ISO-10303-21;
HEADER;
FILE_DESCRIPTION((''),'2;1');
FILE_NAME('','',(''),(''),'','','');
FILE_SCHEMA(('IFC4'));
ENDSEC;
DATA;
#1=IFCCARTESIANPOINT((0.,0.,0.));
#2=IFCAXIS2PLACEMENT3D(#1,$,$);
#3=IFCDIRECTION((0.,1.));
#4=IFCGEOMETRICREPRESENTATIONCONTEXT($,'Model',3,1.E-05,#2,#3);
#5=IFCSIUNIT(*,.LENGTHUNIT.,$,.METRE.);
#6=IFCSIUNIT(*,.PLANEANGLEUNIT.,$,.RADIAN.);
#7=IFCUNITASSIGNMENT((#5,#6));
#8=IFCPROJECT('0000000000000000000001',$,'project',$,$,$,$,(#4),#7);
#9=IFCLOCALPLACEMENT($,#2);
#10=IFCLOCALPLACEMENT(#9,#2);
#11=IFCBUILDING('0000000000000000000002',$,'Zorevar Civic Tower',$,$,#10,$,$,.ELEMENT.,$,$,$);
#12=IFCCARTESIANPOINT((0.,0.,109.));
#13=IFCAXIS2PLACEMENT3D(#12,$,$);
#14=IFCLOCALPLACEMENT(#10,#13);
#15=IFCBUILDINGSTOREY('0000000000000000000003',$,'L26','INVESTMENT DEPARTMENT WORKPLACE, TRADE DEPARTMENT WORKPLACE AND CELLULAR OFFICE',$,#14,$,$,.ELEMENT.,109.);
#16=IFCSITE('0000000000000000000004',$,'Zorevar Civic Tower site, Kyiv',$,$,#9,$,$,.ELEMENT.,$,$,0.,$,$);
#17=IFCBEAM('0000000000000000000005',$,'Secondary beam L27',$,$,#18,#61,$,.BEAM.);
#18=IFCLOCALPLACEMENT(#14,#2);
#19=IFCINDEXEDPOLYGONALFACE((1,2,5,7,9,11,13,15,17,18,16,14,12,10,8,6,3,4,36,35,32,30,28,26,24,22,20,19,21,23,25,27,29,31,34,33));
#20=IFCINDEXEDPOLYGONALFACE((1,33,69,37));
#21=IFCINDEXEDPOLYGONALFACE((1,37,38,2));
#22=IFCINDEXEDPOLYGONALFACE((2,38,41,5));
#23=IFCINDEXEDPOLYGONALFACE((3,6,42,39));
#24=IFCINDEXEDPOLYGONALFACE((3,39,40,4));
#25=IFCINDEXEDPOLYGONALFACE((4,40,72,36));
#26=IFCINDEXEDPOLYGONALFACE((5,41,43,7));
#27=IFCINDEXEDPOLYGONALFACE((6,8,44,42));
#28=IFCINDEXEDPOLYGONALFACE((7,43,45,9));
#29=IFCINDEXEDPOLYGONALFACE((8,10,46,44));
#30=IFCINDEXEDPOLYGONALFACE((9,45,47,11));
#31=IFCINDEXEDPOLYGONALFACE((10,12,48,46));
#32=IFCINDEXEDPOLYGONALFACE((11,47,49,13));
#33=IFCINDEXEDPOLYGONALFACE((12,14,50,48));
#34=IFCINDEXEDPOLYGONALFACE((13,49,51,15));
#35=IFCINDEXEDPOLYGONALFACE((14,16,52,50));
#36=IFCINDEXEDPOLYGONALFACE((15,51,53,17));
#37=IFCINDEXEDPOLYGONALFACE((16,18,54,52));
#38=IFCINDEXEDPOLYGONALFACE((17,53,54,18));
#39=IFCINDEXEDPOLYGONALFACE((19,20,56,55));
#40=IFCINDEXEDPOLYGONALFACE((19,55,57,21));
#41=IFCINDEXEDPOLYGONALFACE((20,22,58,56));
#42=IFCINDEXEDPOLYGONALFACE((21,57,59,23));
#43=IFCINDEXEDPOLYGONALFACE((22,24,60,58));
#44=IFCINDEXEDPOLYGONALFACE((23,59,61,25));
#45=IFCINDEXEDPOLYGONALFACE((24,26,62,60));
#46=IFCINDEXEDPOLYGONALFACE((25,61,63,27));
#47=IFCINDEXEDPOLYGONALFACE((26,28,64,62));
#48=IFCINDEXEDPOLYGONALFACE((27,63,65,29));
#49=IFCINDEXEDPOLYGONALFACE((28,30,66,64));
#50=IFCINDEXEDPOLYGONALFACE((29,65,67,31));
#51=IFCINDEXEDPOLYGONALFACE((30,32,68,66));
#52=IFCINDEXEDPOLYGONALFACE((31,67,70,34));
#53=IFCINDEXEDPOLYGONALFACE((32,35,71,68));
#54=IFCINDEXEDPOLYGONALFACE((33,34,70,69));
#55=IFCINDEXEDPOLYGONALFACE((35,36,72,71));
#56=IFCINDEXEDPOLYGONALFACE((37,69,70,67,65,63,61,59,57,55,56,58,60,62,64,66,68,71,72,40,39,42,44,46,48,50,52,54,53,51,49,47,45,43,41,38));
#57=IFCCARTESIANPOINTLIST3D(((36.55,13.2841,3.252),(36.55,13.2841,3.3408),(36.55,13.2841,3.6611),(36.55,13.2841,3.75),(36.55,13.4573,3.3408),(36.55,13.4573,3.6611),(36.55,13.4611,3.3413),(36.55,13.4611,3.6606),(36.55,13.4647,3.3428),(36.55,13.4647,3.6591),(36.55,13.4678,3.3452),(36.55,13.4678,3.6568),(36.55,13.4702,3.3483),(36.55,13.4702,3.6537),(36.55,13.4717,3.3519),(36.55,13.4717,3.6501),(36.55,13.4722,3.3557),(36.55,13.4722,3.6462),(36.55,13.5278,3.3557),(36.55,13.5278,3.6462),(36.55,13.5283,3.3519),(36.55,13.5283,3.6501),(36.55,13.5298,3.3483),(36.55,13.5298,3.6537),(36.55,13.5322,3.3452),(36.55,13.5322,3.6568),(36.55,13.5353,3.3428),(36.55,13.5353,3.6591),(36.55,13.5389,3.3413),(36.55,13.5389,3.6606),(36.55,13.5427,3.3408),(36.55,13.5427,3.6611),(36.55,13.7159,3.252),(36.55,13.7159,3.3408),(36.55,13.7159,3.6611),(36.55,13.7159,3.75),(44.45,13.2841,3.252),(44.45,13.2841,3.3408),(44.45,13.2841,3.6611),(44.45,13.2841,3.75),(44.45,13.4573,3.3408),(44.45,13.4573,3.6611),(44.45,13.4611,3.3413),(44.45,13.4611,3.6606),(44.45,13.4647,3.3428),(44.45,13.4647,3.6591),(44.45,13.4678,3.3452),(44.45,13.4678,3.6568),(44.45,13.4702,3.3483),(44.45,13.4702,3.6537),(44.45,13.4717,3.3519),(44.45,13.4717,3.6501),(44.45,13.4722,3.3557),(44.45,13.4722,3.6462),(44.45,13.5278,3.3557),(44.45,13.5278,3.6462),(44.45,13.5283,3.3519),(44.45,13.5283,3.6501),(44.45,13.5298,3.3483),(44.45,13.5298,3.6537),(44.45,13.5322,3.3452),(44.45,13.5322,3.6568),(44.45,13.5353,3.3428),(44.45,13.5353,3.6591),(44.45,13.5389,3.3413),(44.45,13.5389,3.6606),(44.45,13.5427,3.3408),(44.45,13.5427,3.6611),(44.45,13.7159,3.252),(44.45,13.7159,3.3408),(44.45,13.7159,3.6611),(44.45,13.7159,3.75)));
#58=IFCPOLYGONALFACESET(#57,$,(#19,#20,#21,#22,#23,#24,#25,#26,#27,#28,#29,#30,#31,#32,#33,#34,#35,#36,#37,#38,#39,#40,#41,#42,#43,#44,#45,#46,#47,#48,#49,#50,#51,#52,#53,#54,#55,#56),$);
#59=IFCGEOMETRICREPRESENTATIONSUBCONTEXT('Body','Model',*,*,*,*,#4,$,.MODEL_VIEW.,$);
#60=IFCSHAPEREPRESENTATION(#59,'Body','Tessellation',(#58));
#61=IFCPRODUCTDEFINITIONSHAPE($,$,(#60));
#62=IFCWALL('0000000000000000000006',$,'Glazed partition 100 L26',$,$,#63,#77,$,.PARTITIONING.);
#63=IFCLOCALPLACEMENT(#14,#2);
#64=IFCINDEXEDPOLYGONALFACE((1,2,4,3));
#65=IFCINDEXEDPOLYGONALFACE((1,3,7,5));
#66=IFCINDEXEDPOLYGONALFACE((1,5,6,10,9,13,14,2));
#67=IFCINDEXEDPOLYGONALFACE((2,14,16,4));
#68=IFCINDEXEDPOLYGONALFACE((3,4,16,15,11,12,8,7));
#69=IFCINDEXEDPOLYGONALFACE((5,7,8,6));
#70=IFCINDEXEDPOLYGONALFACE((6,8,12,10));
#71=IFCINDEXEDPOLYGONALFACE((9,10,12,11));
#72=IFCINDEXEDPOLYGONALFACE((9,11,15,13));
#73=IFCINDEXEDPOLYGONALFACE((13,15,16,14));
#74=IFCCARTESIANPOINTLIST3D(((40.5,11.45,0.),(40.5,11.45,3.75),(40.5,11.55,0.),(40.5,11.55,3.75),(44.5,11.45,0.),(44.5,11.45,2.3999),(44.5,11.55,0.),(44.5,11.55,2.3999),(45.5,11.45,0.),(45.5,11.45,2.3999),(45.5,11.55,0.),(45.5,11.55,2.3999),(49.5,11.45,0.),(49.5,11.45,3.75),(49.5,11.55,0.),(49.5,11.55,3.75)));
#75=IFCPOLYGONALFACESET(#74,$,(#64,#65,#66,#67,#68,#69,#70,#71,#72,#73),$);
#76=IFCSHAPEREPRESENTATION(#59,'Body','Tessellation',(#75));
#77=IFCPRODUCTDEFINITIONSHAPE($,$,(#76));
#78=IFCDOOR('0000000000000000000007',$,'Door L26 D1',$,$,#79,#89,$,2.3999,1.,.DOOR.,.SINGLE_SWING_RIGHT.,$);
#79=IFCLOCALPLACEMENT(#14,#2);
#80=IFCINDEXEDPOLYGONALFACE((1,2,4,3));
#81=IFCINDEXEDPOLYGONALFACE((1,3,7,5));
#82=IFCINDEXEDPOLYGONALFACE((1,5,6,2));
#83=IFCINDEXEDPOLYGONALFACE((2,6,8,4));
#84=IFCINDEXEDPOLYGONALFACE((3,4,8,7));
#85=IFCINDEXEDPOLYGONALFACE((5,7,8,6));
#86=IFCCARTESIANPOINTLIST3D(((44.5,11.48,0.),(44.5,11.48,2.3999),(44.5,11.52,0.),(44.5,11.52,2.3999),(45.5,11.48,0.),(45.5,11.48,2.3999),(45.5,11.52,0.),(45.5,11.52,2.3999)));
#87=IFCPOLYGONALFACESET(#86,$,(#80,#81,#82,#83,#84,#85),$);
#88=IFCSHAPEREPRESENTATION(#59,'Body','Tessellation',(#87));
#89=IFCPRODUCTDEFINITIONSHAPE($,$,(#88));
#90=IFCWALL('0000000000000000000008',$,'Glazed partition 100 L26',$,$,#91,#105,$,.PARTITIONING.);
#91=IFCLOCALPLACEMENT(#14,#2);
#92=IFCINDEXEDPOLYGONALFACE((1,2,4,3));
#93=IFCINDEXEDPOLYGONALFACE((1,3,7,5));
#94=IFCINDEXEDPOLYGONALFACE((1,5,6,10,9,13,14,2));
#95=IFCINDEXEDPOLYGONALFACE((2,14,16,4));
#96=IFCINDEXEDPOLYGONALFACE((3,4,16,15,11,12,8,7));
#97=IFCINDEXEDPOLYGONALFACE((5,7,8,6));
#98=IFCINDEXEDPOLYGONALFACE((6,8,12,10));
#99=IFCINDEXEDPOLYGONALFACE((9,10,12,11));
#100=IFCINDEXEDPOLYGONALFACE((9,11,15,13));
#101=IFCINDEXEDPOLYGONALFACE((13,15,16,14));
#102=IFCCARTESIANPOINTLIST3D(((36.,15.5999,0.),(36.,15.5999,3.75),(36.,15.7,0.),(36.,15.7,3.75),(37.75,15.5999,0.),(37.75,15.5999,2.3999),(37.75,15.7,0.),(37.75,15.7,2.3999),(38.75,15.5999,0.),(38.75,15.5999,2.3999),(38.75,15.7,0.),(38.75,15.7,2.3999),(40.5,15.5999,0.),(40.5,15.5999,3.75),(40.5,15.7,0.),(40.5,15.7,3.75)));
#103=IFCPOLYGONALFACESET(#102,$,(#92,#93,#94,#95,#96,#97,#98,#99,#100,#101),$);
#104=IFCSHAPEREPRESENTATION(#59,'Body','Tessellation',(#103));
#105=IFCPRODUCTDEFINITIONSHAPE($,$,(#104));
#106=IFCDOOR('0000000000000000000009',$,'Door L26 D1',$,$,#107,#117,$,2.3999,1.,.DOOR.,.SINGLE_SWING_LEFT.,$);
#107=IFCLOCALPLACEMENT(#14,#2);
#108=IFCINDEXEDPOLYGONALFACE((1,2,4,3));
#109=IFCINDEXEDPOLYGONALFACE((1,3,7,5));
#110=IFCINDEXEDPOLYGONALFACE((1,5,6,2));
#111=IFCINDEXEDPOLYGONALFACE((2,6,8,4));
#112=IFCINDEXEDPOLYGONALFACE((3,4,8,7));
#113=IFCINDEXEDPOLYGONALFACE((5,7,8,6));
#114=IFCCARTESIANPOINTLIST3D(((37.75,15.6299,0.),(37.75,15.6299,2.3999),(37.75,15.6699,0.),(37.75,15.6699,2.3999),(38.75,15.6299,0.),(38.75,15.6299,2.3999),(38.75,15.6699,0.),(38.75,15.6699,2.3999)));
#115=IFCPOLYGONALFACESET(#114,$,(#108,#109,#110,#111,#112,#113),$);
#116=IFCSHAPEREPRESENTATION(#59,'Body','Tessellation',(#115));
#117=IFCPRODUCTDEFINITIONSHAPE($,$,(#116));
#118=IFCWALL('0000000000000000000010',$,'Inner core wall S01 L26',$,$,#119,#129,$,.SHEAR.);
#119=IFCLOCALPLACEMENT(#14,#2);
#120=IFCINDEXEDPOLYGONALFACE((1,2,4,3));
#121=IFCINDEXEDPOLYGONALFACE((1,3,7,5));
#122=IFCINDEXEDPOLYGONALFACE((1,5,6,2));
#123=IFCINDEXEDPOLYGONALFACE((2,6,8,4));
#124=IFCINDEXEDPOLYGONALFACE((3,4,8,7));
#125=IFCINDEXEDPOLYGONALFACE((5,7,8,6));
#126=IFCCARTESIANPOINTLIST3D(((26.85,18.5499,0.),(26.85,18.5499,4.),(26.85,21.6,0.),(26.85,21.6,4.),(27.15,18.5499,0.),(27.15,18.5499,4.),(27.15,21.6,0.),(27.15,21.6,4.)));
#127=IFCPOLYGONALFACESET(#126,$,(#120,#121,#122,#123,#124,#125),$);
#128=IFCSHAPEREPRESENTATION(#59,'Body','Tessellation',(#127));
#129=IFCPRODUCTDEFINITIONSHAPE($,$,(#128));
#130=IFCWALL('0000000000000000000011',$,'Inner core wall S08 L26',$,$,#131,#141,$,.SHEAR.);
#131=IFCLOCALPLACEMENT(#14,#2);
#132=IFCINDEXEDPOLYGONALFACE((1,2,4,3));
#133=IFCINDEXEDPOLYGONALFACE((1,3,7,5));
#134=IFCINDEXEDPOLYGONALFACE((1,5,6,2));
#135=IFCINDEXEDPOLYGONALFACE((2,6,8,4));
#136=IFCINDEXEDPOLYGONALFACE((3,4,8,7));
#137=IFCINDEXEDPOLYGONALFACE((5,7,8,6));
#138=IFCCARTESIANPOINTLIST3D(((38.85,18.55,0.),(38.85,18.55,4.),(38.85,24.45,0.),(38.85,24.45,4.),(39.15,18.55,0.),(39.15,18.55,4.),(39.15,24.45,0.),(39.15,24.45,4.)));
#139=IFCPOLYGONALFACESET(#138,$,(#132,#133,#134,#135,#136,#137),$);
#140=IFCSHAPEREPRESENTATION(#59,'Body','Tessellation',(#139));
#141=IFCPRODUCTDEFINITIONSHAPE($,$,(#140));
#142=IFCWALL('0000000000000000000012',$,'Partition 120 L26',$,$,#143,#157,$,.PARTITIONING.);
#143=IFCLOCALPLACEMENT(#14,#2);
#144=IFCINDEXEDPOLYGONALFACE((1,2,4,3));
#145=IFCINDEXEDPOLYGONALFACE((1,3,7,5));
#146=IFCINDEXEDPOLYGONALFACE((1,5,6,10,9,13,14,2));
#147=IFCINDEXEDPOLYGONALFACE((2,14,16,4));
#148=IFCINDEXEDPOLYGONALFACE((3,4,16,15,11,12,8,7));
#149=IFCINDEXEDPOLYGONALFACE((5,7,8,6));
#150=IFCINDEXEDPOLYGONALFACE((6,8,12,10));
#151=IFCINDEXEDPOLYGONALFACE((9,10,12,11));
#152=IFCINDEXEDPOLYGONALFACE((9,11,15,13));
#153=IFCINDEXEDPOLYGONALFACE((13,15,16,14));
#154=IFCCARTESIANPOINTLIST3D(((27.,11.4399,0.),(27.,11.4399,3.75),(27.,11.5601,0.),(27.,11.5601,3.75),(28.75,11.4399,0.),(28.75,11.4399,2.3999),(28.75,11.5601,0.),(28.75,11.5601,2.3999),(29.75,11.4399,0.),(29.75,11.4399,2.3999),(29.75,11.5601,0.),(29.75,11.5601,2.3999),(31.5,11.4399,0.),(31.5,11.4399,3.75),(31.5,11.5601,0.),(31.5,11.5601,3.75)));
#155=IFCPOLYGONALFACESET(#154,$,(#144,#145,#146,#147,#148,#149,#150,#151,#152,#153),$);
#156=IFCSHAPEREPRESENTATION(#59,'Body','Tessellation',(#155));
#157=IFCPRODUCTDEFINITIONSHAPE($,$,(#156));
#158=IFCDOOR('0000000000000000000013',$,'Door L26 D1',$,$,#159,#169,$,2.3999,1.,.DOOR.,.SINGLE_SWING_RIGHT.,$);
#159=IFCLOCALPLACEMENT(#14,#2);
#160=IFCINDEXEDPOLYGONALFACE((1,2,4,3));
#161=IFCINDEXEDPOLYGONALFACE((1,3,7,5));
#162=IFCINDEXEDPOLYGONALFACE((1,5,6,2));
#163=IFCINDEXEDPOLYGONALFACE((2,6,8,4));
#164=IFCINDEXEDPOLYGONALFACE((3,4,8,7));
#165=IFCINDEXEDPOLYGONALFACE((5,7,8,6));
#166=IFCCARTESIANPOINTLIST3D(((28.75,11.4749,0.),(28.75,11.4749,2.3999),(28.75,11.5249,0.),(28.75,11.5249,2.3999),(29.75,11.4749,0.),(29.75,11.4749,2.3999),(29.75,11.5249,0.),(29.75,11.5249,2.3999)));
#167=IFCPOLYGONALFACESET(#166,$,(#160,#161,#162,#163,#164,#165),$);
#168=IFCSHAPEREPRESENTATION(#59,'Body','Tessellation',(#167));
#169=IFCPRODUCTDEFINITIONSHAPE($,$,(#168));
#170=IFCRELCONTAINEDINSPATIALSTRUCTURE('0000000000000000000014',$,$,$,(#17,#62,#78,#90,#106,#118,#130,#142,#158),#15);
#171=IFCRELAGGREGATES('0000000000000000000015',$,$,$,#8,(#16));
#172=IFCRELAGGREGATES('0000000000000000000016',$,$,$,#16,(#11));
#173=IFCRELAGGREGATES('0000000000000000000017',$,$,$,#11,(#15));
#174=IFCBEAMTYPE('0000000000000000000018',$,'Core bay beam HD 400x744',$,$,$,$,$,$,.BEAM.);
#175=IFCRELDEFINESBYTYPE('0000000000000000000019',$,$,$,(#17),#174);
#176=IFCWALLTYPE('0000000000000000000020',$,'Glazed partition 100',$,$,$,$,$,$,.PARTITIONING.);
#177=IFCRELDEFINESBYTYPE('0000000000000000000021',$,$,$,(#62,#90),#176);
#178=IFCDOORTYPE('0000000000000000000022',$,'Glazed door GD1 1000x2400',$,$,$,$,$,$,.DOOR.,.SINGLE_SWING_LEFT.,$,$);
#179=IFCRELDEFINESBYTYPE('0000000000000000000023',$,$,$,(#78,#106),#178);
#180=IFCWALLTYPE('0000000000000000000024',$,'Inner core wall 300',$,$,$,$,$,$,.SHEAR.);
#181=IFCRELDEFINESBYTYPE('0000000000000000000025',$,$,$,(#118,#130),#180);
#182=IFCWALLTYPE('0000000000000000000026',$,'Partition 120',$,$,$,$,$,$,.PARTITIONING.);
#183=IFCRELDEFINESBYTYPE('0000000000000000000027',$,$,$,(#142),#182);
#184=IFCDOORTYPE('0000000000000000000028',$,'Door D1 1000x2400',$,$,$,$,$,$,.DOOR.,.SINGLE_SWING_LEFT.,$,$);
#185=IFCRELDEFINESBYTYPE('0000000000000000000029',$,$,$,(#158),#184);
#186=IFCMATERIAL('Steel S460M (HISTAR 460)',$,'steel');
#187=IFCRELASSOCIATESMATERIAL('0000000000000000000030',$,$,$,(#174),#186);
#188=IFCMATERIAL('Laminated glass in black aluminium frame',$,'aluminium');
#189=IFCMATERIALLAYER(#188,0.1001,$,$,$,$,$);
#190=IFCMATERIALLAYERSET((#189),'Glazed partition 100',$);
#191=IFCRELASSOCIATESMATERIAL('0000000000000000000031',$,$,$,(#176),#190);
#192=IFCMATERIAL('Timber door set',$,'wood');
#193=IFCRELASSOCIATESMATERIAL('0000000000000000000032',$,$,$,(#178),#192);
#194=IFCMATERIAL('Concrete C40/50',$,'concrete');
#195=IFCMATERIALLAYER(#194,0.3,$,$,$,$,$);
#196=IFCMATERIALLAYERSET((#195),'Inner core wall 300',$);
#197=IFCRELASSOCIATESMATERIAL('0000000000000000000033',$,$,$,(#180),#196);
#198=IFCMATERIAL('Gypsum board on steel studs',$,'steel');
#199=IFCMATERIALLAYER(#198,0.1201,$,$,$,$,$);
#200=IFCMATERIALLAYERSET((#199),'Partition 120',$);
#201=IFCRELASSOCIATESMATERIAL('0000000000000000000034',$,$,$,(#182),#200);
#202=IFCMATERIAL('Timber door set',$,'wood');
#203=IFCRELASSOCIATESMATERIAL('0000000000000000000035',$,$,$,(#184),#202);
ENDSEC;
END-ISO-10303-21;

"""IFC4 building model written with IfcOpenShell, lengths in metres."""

from ifc_helpers import new_model, si_unit, direction, frame, frame_2d, origin, origin_2d, place, context, subcontext, project, spatial, rectangle, i_section, extrude, material, layer, layer_set, material_profile, profile_set, type_object, element, fill, save


model = new_model("IFC4")

# Units and contexts
model_context = context("Model", 3, precision=1e-05, world=origin(), true_north=direction((0.0, 1.0)))
body_context = subcontext(model_context, "Body", "Model", "MODEL_VIEW")
ifc_project = project(units=[si_unit("LENGTHUNIT", "METRE"), si_unit("PLANEANGLEUNIT", "RADIAN")], contexts=[model_context])

# Site, building, storey
site_placement = place(None, origin())
site = spatial("IfcSite", under=ifc_project, at=site_placement, Name="Zorevar Civic Tower site, Kyiv", CompositionType="ELEMENT", RefElevation=0.0)
building_placement = place(site_placement, origin())
building = spatial("IfcBuilding", under=site, at=building_placement, Name="Zorevar Civic Tower", CompositionType="ELEMENT")
storey_placement = place(building_placement, frame((0.0, 0.0, 109.0)))
storey = spatial("IfcBuildingStorey", under=building, at=storey_placement, Name="L26", Description="INVESTMENT DEPARTMENT WORKPLACE, TRADE DEPARTMENT WORKPLACE AND CELLULAR OFFICE", CompositionType="ELEMENT", Elevation=109.0)

# Beam
ifc_material_1 = material(Name="Steel S460M (HISTAR 460)", Category="steel")
ifc_material_profile_1 = material_profile(ifc_material_1, i_section(OverallWidth=0.4319, OverallDepth=0.498, WebThickness=0.0557, FlangeThickness=0.0889, FilletRadius=0.0149, at=origin_2d()), Name="HD 400x744")
ifc_profile_set_1 = profile_set([ifc_material_profile_1], Name="Steel S460M (HISTAR 460)")
beam_type_1 = type_object("IfcBeamType", Name="Core bay beam HD 400x744", PredefinedType="BEAM", material=ifc_profile_set_1)
for number, where, z_axis, x_axis, name in (
    (1, (36.55, 13.5, 3.501), (1.0, 0.0, 0.0), (0.0, 1.0, 0.0), "Secondary beam L27"),
):
    element("IfcBeam", number, at=place(storey_placement, frame(where, z_axis=z_axis, x_axis=x_axis)), inside=storey, type_object=beam_type_1, Name=name, PredefinedType="BEAM", context=body_context, shape_type="SweptSolid", body=[
        extrude(i_section(OverallWidth=0.4319, OverallDepth=0.498, WebThickness=0.0557, FlangeThickness=0.0889, FilletRadius=0.0149, at=origin_2d()), origin(), (0.0, 0.0, 1.0), 7.8999),
    ])

# Walls, openings, doors
ifc_material_2 = material(Name="Laminated glass in black aluminium frame", Category="aluminium")
ifc_layer_1 = layer(ifc_material_2, 0.1001)
ifc_layer_set_1 = layer_set([ifc_layer_1], Name="Glazed partition 100")
wall_type_1 = type_object("IfcWallType", Name="Glazed partition 100", PredefinedType="PARTITIONING", material=ifc_layer_set_1)
wall_1_placement = place(storey_placement, frame((40.5, 11.5, 0.0), z_axis=(0.0, 0.0, 1.0), x_axis=(1.0, 0.0, 0.0)))
wall_1 = element("IfcWall", 2, at=wall_1_placement, inside=storey, type_object=wall_type_1, Name="Glazed partition 100 L26", PredefinedType="PARTITIONING", context=body_context, shape_type="SweptSolid", body=[
    extrude(rectangle(XDim=9.0, YDim=0.1001, at=frame_2d((4.5, 0.0))), origin(), (0.0, 0.0, 1.0), 3.75),
])
opening_1_placement = place(wall_1_placement, frame((4.0, 0.0, 0.0)))
opening_1 = element("IfcOpeningElement", 3, at=opening_1_placement, cuts=wall_1, PredefinedType="OPENING", context=body_context, shape_type="SweptSolid", body=[
    extrude(rectangle(XDim=1.0, YDim=2.3999, at=frame_2d((0.5, 1.2))), frame((0.0, 0.0601, 0.0), z_axis=(0.0, -1.0, 0.0), x_axis=(1.0, 0.0, 0.0)), (0.0, 0.0, 1.0), 0.1201),
])
ifc_material_3 = material(Name="Timber door set", Category="wood")
door_type_1 = type_object("IfcDoorType", Name="Glazed door GD1 1000x2400", OperationType="SINGLE_SWING_LEFT", PredefinedType="DOOR", material=ifc_material_3)
door_1_placement = place(opening_1_placement, origin())
door_1 = element("IfcDoor", 4, at=door_1_placement, inside=storey, type_object=door_type_1, Name="Door L26 D1", OperationType="SINGLE_SWING_RIGHT", OverallHeight=2.3999, OverallWidth=1.0, PredefinedType="DOOR", context=body_context, shape_type="SweptSolid", body=[
    extrude(rectangle(XDim=1.0, YDim=2.3999, at=frame_2d((0.5, 1.2))), frame((0.0, 0.02, 0.0), z_axis=(0.0, -1.0, 0.0), x_axis=(1.0, 0.0, 0.0)), (0.0, 0.0, 1.0), 0.04),
])
fill(opening_1, door_1)
wall_2_placement = place(storey_placement, frame((36.0, 15.6499, 0.0), z_axis=(0.0, 0.0, 1.0), x_axis=(1.0, 0.0, 0.0)))
wall_2 = element("IfcWall", 5, at=wall_2_placement, inside=storey, type_object=wall_type_1, Name="Glazed partition 100 L26", PredefinedType="PARTITIONING", context=body_context, shape_type="SweptSolid", body=[
    extrude(rectangle(XDim=4.5, YDim=0.1001, at=frame_2d((2.25, 0.0))), origin(), (0.0, 0.0, 1.0), 3.75),
])
opening_2_placement = place(wall_2_placement, frame((1.75, 0.0, 0.0)))
opening_2 = element("IfcOpeningElement", 6, at=opening_2_placement, cuts=wall_2, PredefinedType="OPENING", context=body_context, shape_type="SweptSolid", body=[
    extrude(rectangle(XDim=1.0, YDim=2.3999, at=frame_2d((0.5, 1.2))), frame((0.0, 0.0601, 0.0), z_axis=(0.0, -1.0, 0.0), x_axis=(1.0, 0.0, 0.0)), (0.0, 0.0, 1.0), 0.1201),
])
door_2_placement = place(opening_2_placement, origin())
door_2 = element("IfcDoor", 7, at=door_2_placement, inside=storey, type_object=door_type_1, Name="Door L26 D1", OperationType="SINGLE_SWING_LEFT", OverallHeight=2.3999, OverallWidth=1.0, PredefinedType="DOOR", context=body_context, shape_type="SweptSolid", body=[
    extrude(rectangle(XDim=1.0, YDim=2.3999, at=frame_2d((0.5, 1.2))), frame((0.0, 0.02, 0.0), z_axis=(0.0, -1.0, 0.0), x_axis=(1.0, 0.0, 0.0)), (0.0, 0.0, 1.0), 0.04),
])
fill(opening_2, door_2)

# Walls
ifc_material_4 = material(Name="Concrete C40/50", Category="concrete")
ifc_layer_2 = layer(ifc_material_4, 0.3)
ifc_layer_set_2 = layer_set([ifc_layer_2], Name="Inner core wall 300")
wall_type_2 = type_object("IfcWallType", Name="Inner core wall 300", PredefinedType="SHEAR", material=ifc_layer_set_2)
wall_3_placement = place(storey_placement, frame((27.0, 18.55, 0.0), z_axis=(0.0, 0.0, 1.0), x_axis=(0.0, 1.0, 0.0)))
element("IfcWall", 8, at=wall_3_placement, inside=storey, type_object=wall_type_2, Name="Inner core wall S01 L26", PredefinedType="SHEAR", context=body_context, shape_type="SweptSolid", body=[
    extrude(rectangle(XDim=3.05, YDim=0.3, at=frame_2d((1.5249, 0.0))), origin(), (0.0, 0.0, 1.0), 4.0),
])
wall_4_placement = place(storey_placement, frame((39.0, 18.55, 0.0), z_axis=(0.0, 0.0, 1.0), x_axis=(0.0, 1.0, 0.0)))
element("IfcWall", 9, at=wall_4_placement, inside=storey, type_object=wall_type_2, Name="Inner core wall S08 L26", PredefinedType="SHEAR", context=body_context, shape_type="SweptSolid", body=[
    extrude(rectangle(XDim=5.8999, YDim=0.3, at=frame_2d((2.95, 0.0))), origin(), (0.0, 0.0, 1.0), 4.0),
])

# Wall, opening, door
ifc_material_5 = material(Name="Gypsum board on steel studs", Category="steel")
ifc_layer_3 = layer(ifc_material_5, 0.1201)
ifc_layer_set_3 = layer_set([ifc_layer_3], Name="Partition 120")
wall_type_3 = type_object("IfcWallType", Name="Partition 120", PredefinedType="PARTITIONING", material=ifc_layer_set_3)
wall_5_placement = place(storey_placement, frame((27.0, 11.5, 0.0), z_axis=(0.0, 0.0, 1.0), x_axis=(1.0, 0.0, 0.0)))
wall_5 = element("IfcWall", 10, at=wall_5_placement, inside=storey, type_object=wall_type_3, Name="Partition 120 L26", PredefinedType="PARTITIONING", context=body_context, shape_type="SweptSolid", body=[
    extrude(rectangle(XDim=4.5, YDim=0.1201, at=frame_2d((2.25, 0.0))), origin(), (0.0, 0.0, 1.0), 3.75),
])
opening_3_placement = place(wall_5_placement, frame((1.75, 0.0, 0.0)))
opening_3 = element("IfcOpeningElement", 11, at=opening_3_placement, cuts=wall_5, PredefinedType="OPENING", context=body_context, shape_type="SweptSolid", body=[
    extrude(rectangle(XDim=1.0, YDim=2.3999, at=frame_2d((0.5, 1.2))), frame((0.0, 0.0701, 0.0), z_axis=(0.0, -1.0, 0.0), x_axis=(1.0, 0.0, 0.0)), (0.0, 0.0, 1.0), 0.1401),
])
ifc_material_6 = material(Name="Timber door set", Category="wood")
door_type_2 = type_object("IfcDoorType", Name="Door D1 1000x2400", OperationType="SINGLE_SWING_LEFT", PredefinedType="DOOR", material=ifc_material_6)
door_3_placement = place(opening_3_placement, origin())
door_3 = element("IfcDoor", 12, at=door_3_placement, inside=storey, type_object=door_type_2, Name="Door L26 D1", OperationType="SINGLE_SWING_RIGHT", OverallHeight=2.3999, OverallWidth=1.0, PredefinedType="DOOR", context=body_context, shape_type="SweptSolid", body=[
    extrude(rectangle(XDim=1.0, YDim=2.3999, at=frame_2d((0.5, 1.2))), frame((0.0, 0.0249, 0.0), z_axis=(0.0, -1.0, 0.0), x_axis=(1.0, 0.0, 0.0)), (0.0, 0.0, 1.0), 0.05),
])
fill(opening_3, door_3)

save(model, "model.ifc")
